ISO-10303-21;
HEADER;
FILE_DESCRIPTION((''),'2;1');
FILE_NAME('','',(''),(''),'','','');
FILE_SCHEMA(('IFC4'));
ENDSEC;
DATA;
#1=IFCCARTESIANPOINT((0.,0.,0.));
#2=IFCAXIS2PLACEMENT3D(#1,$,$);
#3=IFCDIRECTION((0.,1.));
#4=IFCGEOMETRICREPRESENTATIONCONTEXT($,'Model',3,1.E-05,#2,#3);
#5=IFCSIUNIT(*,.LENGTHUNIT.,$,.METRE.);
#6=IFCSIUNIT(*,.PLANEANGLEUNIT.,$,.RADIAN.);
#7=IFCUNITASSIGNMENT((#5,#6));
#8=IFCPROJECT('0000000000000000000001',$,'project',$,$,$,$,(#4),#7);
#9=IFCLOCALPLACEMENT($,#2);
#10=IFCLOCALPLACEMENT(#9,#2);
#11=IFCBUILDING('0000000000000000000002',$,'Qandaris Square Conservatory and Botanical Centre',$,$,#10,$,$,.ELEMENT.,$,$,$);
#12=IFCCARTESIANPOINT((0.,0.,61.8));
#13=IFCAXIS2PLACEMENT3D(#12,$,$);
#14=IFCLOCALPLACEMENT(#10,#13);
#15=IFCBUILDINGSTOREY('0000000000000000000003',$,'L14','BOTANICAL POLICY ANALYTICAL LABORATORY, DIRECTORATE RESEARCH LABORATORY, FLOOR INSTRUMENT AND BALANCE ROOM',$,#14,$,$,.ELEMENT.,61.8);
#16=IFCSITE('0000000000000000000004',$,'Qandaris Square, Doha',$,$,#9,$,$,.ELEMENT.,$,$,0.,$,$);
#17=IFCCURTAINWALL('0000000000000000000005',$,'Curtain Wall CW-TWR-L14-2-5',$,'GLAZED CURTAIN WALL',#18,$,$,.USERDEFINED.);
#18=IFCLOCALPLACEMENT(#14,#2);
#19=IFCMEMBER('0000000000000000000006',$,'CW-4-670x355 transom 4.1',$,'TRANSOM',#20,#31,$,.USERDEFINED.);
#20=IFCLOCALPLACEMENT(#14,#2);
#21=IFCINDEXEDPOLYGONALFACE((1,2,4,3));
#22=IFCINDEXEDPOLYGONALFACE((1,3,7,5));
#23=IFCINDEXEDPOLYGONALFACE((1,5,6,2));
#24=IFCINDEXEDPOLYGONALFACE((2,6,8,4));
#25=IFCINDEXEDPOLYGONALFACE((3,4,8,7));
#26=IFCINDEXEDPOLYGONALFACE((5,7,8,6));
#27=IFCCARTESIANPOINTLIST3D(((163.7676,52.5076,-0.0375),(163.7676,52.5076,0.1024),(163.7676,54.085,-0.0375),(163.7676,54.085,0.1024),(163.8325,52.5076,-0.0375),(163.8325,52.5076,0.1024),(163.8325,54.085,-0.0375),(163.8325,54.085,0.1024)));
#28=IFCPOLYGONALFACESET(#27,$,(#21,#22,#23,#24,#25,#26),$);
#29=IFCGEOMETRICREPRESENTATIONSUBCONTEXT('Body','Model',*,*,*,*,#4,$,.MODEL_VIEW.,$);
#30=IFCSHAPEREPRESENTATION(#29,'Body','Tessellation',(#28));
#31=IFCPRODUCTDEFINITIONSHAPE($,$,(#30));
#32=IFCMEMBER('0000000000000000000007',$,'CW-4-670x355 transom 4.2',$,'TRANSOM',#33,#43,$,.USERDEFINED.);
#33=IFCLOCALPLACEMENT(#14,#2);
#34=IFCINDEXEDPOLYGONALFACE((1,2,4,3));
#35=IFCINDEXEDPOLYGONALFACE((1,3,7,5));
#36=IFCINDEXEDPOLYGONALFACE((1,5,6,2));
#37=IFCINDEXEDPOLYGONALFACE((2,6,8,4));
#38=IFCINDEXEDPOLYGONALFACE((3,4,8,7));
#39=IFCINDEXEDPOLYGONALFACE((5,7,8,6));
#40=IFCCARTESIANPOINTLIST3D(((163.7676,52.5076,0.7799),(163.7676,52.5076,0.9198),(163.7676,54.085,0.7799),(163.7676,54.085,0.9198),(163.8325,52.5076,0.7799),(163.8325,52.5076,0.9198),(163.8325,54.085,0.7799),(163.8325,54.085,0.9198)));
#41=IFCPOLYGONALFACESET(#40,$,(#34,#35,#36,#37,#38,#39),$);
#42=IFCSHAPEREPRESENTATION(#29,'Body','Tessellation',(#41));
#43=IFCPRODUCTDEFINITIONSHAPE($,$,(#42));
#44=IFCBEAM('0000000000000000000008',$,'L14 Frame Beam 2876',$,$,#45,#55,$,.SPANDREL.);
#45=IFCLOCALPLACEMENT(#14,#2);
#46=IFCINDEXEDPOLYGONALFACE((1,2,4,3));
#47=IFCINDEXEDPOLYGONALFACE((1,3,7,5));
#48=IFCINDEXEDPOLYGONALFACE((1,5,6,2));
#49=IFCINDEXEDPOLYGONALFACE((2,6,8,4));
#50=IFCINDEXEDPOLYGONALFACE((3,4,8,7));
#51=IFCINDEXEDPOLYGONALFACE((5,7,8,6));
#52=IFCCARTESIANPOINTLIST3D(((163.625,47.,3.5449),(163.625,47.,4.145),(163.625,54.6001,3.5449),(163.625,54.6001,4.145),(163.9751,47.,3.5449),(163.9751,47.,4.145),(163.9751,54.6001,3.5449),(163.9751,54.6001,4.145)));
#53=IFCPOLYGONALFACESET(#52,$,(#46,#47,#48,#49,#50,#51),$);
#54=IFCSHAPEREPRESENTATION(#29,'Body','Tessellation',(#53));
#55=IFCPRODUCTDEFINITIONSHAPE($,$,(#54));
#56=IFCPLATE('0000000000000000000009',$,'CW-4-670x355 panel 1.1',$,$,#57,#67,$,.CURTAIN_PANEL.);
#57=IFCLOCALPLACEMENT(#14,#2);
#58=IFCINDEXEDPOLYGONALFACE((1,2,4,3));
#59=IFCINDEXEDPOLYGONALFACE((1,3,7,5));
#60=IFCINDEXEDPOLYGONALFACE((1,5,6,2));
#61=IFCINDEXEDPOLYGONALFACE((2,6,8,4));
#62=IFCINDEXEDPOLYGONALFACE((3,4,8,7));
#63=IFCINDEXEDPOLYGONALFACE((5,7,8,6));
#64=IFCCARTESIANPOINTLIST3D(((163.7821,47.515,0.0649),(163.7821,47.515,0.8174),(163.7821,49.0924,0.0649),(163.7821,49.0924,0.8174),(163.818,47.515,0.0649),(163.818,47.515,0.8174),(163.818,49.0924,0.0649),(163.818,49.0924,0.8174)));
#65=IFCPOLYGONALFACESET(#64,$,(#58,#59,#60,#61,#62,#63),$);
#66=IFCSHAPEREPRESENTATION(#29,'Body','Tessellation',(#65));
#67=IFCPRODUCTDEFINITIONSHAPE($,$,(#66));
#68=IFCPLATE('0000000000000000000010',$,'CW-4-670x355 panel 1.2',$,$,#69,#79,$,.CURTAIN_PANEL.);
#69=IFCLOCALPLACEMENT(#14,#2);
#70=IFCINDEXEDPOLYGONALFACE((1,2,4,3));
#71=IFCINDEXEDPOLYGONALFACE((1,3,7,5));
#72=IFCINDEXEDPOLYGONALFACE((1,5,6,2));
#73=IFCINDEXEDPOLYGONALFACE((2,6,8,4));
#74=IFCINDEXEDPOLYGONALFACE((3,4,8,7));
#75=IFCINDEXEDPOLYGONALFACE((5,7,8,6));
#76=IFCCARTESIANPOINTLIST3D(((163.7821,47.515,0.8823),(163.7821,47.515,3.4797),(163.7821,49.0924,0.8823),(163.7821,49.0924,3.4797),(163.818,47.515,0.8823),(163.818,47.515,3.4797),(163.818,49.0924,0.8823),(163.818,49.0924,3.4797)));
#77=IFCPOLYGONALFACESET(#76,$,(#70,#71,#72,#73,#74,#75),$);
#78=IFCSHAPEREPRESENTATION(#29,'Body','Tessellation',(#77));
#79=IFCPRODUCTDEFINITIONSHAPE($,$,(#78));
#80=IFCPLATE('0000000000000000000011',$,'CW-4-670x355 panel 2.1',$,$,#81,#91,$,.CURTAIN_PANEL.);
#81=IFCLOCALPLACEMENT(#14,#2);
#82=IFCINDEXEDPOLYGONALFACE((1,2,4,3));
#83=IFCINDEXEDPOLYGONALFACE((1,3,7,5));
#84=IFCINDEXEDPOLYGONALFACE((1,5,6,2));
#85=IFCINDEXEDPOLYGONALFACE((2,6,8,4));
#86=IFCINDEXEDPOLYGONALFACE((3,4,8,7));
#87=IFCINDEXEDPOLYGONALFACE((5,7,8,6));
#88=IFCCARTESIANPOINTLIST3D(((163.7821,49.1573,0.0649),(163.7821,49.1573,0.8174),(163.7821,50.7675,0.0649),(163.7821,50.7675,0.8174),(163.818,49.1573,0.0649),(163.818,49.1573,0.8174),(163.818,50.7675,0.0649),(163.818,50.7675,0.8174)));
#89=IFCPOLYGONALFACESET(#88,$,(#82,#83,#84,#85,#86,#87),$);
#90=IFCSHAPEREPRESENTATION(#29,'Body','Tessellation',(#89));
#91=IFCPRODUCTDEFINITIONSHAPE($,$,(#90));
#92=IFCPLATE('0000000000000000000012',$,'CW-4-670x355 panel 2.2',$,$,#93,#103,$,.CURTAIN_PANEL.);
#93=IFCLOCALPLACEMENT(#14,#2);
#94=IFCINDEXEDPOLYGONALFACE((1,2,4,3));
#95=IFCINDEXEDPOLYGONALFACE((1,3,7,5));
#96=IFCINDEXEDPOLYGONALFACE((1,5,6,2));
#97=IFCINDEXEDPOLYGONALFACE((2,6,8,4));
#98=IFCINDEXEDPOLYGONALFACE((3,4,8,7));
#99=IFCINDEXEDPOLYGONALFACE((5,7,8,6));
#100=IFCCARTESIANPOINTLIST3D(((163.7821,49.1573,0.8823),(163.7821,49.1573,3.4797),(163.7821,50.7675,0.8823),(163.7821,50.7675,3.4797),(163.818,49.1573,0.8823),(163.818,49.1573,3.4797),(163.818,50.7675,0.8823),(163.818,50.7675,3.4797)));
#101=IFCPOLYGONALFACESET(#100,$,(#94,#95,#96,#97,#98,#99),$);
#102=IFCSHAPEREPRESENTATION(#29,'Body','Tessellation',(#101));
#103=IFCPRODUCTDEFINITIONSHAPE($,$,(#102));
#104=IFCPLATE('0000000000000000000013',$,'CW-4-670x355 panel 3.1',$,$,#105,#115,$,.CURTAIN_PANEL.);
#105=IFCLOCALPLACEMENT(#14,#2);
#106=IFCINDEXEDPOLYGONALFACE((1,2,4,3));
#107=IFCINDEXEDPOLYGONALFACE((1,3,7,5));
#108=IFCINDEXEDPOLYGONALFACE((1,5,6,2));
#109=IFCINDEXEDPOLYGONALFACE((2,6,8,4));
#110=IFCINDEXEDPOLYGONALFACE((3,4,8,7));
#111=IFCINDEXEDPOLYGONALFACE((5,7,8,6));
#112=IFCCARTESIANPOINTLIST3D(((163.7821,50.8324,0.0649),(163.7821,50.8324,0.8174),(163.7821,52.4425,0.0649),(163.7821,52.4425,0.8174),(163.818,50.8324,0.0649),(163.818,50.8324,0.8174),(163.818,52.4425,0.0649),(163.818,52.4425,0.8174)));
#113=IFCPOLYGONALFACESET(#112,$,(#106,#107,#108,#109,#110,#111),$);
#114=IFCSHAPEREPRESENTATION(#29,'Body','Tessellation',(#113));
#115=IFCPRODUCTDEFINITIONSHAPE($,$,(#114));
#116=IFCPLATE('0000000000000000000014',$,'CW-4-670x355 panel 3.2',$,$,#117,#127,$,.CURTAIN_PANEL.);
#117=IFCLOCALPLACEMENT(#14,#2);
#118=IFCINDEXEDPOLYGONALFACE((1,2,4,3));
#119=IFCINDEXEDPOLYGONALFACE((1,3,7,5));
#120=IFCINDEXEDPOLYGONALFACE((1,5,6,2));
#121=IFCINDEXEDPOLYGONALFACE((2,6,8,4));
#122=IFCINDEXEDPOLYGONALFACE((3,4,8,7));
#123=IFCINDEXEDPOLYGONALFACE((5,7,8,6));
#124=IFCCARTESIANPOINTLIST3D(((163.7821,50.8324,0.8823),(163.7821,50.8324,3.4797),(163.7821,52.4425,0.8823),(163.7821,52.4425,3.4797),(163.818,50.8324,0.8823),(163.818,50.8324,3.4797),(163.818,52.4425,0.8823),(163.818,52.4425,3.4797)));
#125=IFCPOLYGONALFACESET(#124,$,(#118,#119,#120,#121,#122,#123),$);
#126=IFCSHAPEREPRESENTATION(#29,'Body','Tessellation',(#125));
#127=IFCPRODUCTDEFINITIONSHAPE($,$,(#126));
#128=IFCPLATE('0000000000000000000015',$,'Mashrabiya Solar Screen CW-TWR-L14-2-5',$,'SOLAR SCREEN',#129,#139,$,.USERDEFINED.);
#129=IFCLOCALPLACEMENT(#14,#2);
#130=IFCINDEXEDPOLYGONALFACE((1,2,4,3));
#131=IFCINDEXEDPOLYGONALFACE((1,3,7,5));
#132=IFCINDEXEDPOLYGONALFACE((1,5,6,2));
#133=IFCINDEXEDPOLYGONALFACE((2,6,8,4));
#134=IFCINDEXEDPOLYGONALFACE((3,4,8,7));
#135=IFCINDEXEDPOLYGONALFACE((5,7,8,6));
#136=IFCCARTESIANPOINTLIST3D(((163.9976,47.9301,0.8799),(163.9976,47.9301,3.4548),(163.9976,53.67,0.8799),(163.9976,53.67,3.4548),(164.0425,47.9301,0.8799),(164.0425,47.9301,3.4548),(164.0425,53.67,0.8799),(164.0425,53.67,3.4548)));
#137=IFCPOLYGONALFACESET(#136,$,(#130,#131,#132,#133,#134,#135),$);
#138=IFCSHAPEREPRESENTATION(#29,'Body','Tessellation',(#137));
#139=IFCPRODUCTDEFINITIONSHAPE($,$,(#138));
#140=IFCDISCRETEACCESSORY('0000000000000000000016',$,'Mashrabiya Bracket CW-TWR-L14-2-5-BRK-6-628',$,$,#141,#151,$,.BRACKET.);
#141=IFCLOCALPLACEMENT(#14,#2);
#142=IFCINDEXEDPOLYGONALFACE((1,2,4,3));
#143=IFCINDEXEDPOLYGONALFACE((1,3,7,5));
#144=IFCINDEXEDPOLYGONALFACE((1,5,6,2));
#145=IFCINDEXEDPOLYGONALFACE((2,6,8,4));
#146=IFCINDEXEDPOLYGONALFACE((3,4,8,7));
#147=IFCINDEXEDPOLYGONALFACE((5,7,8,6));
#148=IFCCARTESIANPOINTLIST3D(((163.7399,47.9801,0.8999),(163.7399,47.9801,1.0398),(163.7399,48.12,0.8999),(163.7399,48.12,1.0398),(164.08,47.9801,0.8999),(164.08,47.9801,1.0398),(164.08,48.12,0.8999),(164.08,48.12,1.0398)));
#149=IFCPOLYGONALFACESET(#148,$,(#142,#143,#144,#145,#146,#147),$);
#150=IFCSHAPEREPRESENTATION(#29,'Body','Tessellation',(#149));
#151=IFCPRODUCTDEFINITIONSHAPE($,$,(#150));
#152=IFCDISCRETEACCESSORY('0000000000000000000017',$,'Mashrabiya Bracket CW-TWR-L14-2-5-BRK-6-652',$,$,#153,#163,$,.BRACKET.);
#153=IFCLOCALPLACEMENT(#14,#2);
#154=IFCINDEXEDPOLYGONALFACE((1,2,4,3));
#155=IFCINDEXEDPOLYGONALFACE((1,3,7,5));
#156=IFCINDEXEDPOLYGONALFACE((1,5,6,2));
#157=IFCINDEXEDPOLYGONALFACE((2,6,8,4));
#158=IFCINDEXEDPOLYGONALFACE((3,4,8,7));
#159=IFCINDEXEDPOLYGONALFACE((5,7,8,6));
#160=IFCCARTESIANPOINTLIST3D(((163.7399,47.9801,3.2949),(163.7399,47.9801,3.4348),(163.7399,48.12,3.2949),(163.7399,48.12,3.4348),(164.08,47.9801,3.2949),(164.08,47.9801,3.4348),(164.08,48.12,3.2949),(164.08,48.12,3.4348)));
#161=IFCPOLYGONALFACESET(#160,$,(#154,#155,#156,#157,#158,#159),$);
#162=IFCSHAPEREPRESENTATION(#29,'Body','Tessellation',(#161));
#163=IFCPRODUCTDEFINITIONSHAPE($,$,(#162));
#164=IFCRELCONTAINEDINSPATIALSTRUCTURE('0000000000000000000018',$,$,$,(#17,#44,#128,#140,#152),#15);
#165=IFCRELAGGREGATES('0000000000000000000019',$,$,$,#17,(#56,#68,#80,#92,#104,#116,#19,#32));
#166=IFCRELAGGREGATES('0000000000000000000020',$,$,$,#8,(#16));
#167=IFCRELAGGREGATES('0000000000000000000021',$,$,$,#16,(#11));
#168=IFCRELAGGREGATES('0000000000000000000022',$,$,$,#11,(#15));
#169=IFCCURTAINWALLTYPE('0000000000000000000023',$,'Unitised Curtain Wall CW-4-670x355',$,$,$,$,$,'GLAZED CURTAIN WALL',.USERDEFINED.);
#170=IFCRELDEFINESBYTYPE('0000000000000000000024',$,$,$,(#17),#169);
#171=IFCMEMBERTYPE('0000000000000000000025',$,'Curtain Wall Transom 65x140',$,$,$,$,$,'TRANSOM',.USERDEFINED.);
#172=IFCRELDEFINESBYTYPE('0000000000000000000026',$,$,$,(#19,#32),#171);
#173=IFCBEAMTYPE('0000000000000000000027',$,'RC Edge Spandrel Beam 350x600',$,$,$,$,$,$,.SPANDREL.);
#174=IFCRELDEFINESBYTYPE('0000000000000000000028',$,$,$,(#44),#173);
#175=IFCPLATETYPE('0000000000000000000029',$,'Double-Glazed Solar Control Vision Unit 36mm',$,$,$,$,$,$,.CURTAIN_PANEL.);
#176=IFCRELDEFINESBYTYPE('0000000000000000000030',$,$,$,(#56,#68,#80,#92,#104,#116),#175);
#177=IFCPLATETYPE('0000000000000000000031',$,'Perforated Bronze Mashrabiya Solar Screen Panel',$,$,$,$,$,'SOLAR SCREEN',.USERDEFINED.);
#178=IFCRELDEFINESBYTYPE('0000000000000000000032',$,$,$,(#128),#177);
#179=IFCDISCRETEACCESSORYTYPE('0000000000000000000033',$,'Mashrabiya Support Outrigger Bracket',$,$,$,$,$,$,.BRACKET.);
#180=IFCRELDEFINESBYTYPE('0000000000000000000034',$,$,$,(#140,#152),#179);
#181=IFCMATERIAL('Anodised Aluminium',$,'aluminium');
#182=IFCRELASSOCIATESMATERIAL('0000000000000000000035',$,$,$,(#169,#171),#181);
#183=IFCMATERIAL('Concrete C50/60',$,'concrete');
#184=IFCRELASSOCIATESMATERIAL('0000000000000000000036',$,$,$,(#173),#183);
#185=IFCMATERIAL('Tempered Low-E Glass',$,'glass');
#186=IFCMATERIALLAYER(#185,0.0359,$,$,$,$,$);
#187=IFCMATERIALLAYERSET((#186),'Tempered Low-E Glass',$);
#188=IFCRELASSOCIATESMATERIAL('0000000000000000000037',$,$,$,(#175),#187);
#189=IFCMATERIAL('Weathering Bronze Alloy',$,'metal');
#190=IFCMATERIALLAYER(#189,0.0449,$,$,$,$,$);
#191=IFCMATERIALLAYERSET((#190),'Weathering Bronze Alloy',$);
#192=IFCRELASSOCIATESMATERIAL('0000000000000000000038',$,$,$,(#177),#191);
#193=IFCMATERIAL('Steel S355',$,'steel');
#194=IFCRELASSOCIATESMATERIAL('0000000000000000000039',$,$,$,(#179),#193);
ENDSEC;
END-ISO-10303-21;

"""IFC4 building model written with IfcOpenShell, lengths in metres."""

from ifc_helpers import new_model, si_unit, direction, frame, origin, origin_2d, place, context, subcontext, project, spatial, rectangle, extrude, material, layer, layer_set, material_profile, profile_set, type_object, element, aggregate, save


model = new_model("IFC4")

# Units and contexts
model_context = context("Model", 3, precision=1e-05, world=origin(), true_north=direction((0.0, 1.0)))
body_context = subcontext(model_context, "Body", "Model", "MODEL_VIEW")
ifc_project = project(units=[si_unit("LENGTHUNIT", "METRE"), si_unit("PLANEANGLEUNIT", "RADIAN")], contexts=[model_context])

# Site, building, storey
site_placement = place(None, origin())
site = spatial("IfcSite", under=ifc_project, at=site_placement, Name="Qandaris Square, Doha", CompositionType="ELEMENT", RefElevation=0.0)
building_placement = place(site_placement, origin())
building = spatial("IfcBuilding", under=site, at=building_placement, Name="Qandaris Square Conservatory and Botanical Centre", CompositionType="ELEMENT")
storey_placement = place(building_placement, frame((0.0, 0.0, 61.8)))
storey = spatial("IfcBuildingStorey", under=building, at=storey_placement, Name="L14", Description="BOTANICAL POLICY ANALYTICAL LABORATORY, DIRECTORATE RESEARCH LABORATORY, FLOOR INSTRUMENT AND BALANCE ROOM", CompositionType="ELEMENT", Elevation=61.8)

# Shared definitions
ifc_material_1 = material(Name="Concrete C50/60", Category="concrete")

# Curtain wall, members
ifc_material_2 = material(Name="Anodised Aluminium", Category="aluminium")
curtain_wall_type = type_object("IfcCurtainWallType", Name="Unitised Curtain Wall CW-4-670x355", ElementType="GLAZED CURTAIN WALL", PredefinedType="USERDEFINED", material=ifc_material_2)
curtain_wall_placement = place(storey_placement, origin())
curtain_wall = element("IfcCurtainWall", 1, at=curtain_wall_placement, inside=storey, type_object=curtain_wall_type, Name="Curtain Wall CW-TWR-L14-2-5", ObjectType="GLAZED CURTAIN WALL", PredefinedType="USERDEFINED")
ifc_material_profile_1 = material_profile(ifc_material_2, rectangle(XDim=0.0649, YDim=0.1399, at=origin_2d()), Name="ALU-TRN 65x140")
ifc_profile_set_1 = profile_set([ifc_material_profile_1], Name="Anodised Aluminium")
member_type_1 = type_object("IfcMemberType", Name="Curtain Wall Transom 65x140", ElementType="TRANSOM", PredefinedType="USERDEFINED", material=ifc_profile_set_1)
member_1_placement = place(storey_placement, frame((163.8, 52.5076, 0.0325), z_axis=(0.0, 1.0, 0.0), x_axis=(-1.0, 0.0, 0.0)))
member_1 = element("IfcMember", 2, at=member_1_placement, type_object=member_type_1, Name="CW-4-670x355 transom 4.1", ObjectType="TRANSOM", PredefinedType="USERDEFINED", context=body_context, shape_type="SweptSolid", body=[
    extrude(rectangle(XDim=0.0649, YDim=0.1399, at=origin_2d()), origin(), (0.0, 0.0, 1.0), 1.5774),
])
member_2_placement = place(storey_placement, frame((163.8, 52.5076, 0.8499), z_axis=(0.0, 1.0, 0.0), x_axis=(-1.0, 0.0, 0.0)))
member_2 = element("IfcMember", 3, at=member_2_placement, type_object=member_type_1, Name="CW-4-670x355 transom 4.2", ObjectType="TRANSOM", PredefinedType="USERDEFINED", context=body_context, shape_type="SweptSolid", body=[
    extrude(rectangle(XDim=0.0649, YDim=0.1399, at=origin_2d()), origin(), (0.0, 0.0, 1.0), 1.5774),
])

# Beam
ifc_material_profile_2 = material_profile(ifc_material_1, rectangle(XDim=0.3501, YDim=0.6001, at=origin_2d()), Name="RC-SP 350x600")
ifc_profile_set_2 = profile_set([ifc_material_profile_2], Name="Concrete C50/60")
beam_type = type_object("IfcBeamType", Name="RC Edge Spandrel Beam 350x600", PredefinedType="SPANDREL", material=ifc_profile_set_2)
beam_placement = place(storey_placement, frame((163.8, 47.0, 3.845), z_axis=(0.0, 1.0, 0.0), x_axis=(-1.0, 0.0, 0.0)))
element("IfcBeam", 4, at=beam_placement, inside=storey, type_object=beam_type, Name="L14 Frame Beam 2876", PredefinedType="SPANDREL", context=body_context, shape_type="SweptSolid", body=[
    extrude(rectangle(XDim=0.3501, YDim=0.6001, at=origin_2d()), origin(), (0.0, 0.0, 1.0), 7.6001),
])

# Plates
ifc_material_3 = material(Name="Tempered Low-E Glass", Category="glass")
ifc_layer_1 = layer(ifc_material_3, 0.0359)
ifc_layer_set_1 = layer_set([ifc_layer_1], Name="Tempered Low-E Glass")
plate_type_1 = type_object("IfcPlateType", Name="Double-Glazed Solar Control Vision Unit 36mm", PredefinedType="CURTAIN_PANEL", material=ifc_layer_set_1)
plate_1_placement = place(storey_placement, frame((163.8, 48.3037, 0.0649), z_axis=(0.0, 0.0, 1.0), x_axis=(0.0, 1.0, 0.0)))
plate_1 = element("IfcPlate", 5, at=plate_1_placement, type_object=plate_type_1, Name="CW-4-670x355 panel 1.1", PredefinedType="CURTAIN_PANEL", context=body_context, shape_type="SweptSolid", body=[
    extrude(rectangle(XDim=1.5774, YDim=0.0359, at=origin_2d()), origin(), (0.0, 0.0, 1.0), 0.7524),
])
plate_2_placement = place(storey_placement, frame((163.8, 48.3037, 0.8823), z_axis=(0.0, 0.0, 1.0), x_axis=(0.0, 1.0, 0.0)))
plate_2 = element("IfcPlate", 6, at=plate_2_placement, type_object=plate_type_1, Name="CW-4-670x355 panel 1.2", PredefinedType="CURTAIN_PANEL", context=body_context, shape_type="SweptSolid", body=[
    extrude(rectangle(XDim=1.5774, YDim=0.0359, at=origin_2d()), origin(), (0.0, 0.0, 1.0), 2.5974),
])
plate_3_placement = place(storey_placement, frame((163.8, 49.9624, 0.0649), z_axis=(0.0, 0.0, 1.0), x_axis=(0.0, 1.0, 0.0)))
plate_3 = element("IfcPlate", 7, at=plate_3_placement, type_object=plate_type_1, Name="CW-4-670x355 panel 2.1", PredefinedType="CURTAIN_PANEL", context=body_context, shape_type="SweptSolid", body=[
    extrude(rectangle(XDim=1.6101, YDim=0.0359, at=origin_2d()), origin(), (0.0, 0.0, 1.0), 0.7524),
])
plate_4_placement = place(storey_placement, frame((163.8, 49.9624, 0.8823), z_axis=(0.0, 0.0, 1.0), x_axis=(0.0, 1.0, 0.0)))
plate_4 = element("IfcPlate", 8, at=plate_4_placement, type_object=plate_type_1, Name="CW-4-670x355 panel 2.2", PredefinedType="CURTAIN_PANEL", context=body_context, shape_type="SweptSolid", body=[
    extrude(rectangle(XDim=1.6101, YDim=0.0359, at=origin_2d()), origin(), (0.0, 0.0, 1.0), 2.5974),
])
plate_5_placement = place(storey_placement, frame((163.8, 51.6375, 0.0649), z_axis=(0.0, 0.0, 1.0), x_axis=(0.0, 1.0, 0.0)))
plate_5 = element("IfcPlate", 9, at=plate_5_placement, type_object=plate_type_1, Name="CW-4-670x355 panel 3.1", PredefinedType="CURTAIN_PANEL", context=body_context, shape_type="SweptSolid", body=[
    extrude(rectangle(XDim=1.6101, YDim=0.0359, at=origin_2d()), origin(), (0.0, 0.0, 1.0), 0.7524),
])
plate_6_placement = place(storey_placement, frame((163.8, 51.6375, 0.8823), z_axis=(0.0, 0.0, 1.0), x_axis=(0.0, 1.0, 0.0)))
plate_6 = element("IfcPlate", 10, at=plate_6_placement, type_object=plate_type_1, Name="CW-4-670x355 panel 3.2", PredefinedType="CURTAIN_PANEL", context=body_context, shape_type="SweptSolid", body=[
    extrude(rectangle(XDim=1.6101, YDim=0.0359, at=origin_2d()), origin(), (0.0, 0.0, 1.0), 2.5974),
])
aggregate(curtain_wall, [plate_1, plate_2, plate_3, plate_4, plate_5, plate_6, member_1, member_2])
ifc_material_4 = material(Name="Weathering Bronze Alloy", Category="metal")
ifc_layer_2 = layer(ifc_material_4, 0.0449)
ifc_layer_set_2 = layer_set([ifc_layer_2], Name="Weathering Bronze Alloy")
plate_type_2 = type_object("IfcPlateType", Name="Perforated Bronze Mashrabiya Solar Screen Panel", ElementType="SOLAR SCREEN", PredefinedType="USERDEFINED", material=ifc_layer_set_2)
plate_7_placement = place(storey_placement, frame((164.02, 50.8, 0.8799), z_axis=(0.0, 0.0, 1.0), x_axis=(0.0, 1.0, 0.0)))
element("IfcPlate", 11, at=plate_7_placement, inside=storey, type_object=plate_type_2, Name="Mashrabiya Solar Screen CW-TWR-L14-2-5", ObjectType="SOLAR SCREEN", PredefinedType="USERDEFINED", context=body_context, shape_type="SweptSolid", body=[
    extrude(rectangle(XDim=5.74, YDim=0.0449, at=origin_2d()), origin(), (0.0, 0.0, 1.0), 2.575),
])

# Discrete accessories
ifc_material_5 = material(Name="Steel S355", Category="steel")
discrete_accessory_type = type_object("IfcDiscreteAccessoryType", Name="Mashrabiya Support Outrigger Bracket", PredefinedType="BRACKET", material=ifc_material_5)
for number, where, z_axis, x_axis, name in (
    (12, (163.9099, 48.05, 0.8999), (0.0, 0.0, 1.0), (0.0, 1.0, 0.0), "Mashrabiya Bracket CW-TWR-L14-2-5-BRK-6-628"),
    (13, (163.9099, 48.05, 3.2949), (0.0, 0.0, 1.0), (0.0, 1.0, 0.0), "Mashrabiya Bracket CW-TWR-L14-2-5-BRK-6-652"),
):
    element("IfcDiscreteAccessory", number, at=place(storey_placement, frame(where, z_axis=z_axis, x_axis=x_axis)), inside=storey, type_object=discrete_accessory_type, Name=name, PredefinedType="BRACKET", context=body_context, shape_type="SweptSolid", body=[
        extrude(rectangle(XDim=0.1399, YDim=0.3401, at=origin_2d()), origin(), (0.0, 0.0, 1.0), 0.1399),
    ])

save(model, "model.ifc")
